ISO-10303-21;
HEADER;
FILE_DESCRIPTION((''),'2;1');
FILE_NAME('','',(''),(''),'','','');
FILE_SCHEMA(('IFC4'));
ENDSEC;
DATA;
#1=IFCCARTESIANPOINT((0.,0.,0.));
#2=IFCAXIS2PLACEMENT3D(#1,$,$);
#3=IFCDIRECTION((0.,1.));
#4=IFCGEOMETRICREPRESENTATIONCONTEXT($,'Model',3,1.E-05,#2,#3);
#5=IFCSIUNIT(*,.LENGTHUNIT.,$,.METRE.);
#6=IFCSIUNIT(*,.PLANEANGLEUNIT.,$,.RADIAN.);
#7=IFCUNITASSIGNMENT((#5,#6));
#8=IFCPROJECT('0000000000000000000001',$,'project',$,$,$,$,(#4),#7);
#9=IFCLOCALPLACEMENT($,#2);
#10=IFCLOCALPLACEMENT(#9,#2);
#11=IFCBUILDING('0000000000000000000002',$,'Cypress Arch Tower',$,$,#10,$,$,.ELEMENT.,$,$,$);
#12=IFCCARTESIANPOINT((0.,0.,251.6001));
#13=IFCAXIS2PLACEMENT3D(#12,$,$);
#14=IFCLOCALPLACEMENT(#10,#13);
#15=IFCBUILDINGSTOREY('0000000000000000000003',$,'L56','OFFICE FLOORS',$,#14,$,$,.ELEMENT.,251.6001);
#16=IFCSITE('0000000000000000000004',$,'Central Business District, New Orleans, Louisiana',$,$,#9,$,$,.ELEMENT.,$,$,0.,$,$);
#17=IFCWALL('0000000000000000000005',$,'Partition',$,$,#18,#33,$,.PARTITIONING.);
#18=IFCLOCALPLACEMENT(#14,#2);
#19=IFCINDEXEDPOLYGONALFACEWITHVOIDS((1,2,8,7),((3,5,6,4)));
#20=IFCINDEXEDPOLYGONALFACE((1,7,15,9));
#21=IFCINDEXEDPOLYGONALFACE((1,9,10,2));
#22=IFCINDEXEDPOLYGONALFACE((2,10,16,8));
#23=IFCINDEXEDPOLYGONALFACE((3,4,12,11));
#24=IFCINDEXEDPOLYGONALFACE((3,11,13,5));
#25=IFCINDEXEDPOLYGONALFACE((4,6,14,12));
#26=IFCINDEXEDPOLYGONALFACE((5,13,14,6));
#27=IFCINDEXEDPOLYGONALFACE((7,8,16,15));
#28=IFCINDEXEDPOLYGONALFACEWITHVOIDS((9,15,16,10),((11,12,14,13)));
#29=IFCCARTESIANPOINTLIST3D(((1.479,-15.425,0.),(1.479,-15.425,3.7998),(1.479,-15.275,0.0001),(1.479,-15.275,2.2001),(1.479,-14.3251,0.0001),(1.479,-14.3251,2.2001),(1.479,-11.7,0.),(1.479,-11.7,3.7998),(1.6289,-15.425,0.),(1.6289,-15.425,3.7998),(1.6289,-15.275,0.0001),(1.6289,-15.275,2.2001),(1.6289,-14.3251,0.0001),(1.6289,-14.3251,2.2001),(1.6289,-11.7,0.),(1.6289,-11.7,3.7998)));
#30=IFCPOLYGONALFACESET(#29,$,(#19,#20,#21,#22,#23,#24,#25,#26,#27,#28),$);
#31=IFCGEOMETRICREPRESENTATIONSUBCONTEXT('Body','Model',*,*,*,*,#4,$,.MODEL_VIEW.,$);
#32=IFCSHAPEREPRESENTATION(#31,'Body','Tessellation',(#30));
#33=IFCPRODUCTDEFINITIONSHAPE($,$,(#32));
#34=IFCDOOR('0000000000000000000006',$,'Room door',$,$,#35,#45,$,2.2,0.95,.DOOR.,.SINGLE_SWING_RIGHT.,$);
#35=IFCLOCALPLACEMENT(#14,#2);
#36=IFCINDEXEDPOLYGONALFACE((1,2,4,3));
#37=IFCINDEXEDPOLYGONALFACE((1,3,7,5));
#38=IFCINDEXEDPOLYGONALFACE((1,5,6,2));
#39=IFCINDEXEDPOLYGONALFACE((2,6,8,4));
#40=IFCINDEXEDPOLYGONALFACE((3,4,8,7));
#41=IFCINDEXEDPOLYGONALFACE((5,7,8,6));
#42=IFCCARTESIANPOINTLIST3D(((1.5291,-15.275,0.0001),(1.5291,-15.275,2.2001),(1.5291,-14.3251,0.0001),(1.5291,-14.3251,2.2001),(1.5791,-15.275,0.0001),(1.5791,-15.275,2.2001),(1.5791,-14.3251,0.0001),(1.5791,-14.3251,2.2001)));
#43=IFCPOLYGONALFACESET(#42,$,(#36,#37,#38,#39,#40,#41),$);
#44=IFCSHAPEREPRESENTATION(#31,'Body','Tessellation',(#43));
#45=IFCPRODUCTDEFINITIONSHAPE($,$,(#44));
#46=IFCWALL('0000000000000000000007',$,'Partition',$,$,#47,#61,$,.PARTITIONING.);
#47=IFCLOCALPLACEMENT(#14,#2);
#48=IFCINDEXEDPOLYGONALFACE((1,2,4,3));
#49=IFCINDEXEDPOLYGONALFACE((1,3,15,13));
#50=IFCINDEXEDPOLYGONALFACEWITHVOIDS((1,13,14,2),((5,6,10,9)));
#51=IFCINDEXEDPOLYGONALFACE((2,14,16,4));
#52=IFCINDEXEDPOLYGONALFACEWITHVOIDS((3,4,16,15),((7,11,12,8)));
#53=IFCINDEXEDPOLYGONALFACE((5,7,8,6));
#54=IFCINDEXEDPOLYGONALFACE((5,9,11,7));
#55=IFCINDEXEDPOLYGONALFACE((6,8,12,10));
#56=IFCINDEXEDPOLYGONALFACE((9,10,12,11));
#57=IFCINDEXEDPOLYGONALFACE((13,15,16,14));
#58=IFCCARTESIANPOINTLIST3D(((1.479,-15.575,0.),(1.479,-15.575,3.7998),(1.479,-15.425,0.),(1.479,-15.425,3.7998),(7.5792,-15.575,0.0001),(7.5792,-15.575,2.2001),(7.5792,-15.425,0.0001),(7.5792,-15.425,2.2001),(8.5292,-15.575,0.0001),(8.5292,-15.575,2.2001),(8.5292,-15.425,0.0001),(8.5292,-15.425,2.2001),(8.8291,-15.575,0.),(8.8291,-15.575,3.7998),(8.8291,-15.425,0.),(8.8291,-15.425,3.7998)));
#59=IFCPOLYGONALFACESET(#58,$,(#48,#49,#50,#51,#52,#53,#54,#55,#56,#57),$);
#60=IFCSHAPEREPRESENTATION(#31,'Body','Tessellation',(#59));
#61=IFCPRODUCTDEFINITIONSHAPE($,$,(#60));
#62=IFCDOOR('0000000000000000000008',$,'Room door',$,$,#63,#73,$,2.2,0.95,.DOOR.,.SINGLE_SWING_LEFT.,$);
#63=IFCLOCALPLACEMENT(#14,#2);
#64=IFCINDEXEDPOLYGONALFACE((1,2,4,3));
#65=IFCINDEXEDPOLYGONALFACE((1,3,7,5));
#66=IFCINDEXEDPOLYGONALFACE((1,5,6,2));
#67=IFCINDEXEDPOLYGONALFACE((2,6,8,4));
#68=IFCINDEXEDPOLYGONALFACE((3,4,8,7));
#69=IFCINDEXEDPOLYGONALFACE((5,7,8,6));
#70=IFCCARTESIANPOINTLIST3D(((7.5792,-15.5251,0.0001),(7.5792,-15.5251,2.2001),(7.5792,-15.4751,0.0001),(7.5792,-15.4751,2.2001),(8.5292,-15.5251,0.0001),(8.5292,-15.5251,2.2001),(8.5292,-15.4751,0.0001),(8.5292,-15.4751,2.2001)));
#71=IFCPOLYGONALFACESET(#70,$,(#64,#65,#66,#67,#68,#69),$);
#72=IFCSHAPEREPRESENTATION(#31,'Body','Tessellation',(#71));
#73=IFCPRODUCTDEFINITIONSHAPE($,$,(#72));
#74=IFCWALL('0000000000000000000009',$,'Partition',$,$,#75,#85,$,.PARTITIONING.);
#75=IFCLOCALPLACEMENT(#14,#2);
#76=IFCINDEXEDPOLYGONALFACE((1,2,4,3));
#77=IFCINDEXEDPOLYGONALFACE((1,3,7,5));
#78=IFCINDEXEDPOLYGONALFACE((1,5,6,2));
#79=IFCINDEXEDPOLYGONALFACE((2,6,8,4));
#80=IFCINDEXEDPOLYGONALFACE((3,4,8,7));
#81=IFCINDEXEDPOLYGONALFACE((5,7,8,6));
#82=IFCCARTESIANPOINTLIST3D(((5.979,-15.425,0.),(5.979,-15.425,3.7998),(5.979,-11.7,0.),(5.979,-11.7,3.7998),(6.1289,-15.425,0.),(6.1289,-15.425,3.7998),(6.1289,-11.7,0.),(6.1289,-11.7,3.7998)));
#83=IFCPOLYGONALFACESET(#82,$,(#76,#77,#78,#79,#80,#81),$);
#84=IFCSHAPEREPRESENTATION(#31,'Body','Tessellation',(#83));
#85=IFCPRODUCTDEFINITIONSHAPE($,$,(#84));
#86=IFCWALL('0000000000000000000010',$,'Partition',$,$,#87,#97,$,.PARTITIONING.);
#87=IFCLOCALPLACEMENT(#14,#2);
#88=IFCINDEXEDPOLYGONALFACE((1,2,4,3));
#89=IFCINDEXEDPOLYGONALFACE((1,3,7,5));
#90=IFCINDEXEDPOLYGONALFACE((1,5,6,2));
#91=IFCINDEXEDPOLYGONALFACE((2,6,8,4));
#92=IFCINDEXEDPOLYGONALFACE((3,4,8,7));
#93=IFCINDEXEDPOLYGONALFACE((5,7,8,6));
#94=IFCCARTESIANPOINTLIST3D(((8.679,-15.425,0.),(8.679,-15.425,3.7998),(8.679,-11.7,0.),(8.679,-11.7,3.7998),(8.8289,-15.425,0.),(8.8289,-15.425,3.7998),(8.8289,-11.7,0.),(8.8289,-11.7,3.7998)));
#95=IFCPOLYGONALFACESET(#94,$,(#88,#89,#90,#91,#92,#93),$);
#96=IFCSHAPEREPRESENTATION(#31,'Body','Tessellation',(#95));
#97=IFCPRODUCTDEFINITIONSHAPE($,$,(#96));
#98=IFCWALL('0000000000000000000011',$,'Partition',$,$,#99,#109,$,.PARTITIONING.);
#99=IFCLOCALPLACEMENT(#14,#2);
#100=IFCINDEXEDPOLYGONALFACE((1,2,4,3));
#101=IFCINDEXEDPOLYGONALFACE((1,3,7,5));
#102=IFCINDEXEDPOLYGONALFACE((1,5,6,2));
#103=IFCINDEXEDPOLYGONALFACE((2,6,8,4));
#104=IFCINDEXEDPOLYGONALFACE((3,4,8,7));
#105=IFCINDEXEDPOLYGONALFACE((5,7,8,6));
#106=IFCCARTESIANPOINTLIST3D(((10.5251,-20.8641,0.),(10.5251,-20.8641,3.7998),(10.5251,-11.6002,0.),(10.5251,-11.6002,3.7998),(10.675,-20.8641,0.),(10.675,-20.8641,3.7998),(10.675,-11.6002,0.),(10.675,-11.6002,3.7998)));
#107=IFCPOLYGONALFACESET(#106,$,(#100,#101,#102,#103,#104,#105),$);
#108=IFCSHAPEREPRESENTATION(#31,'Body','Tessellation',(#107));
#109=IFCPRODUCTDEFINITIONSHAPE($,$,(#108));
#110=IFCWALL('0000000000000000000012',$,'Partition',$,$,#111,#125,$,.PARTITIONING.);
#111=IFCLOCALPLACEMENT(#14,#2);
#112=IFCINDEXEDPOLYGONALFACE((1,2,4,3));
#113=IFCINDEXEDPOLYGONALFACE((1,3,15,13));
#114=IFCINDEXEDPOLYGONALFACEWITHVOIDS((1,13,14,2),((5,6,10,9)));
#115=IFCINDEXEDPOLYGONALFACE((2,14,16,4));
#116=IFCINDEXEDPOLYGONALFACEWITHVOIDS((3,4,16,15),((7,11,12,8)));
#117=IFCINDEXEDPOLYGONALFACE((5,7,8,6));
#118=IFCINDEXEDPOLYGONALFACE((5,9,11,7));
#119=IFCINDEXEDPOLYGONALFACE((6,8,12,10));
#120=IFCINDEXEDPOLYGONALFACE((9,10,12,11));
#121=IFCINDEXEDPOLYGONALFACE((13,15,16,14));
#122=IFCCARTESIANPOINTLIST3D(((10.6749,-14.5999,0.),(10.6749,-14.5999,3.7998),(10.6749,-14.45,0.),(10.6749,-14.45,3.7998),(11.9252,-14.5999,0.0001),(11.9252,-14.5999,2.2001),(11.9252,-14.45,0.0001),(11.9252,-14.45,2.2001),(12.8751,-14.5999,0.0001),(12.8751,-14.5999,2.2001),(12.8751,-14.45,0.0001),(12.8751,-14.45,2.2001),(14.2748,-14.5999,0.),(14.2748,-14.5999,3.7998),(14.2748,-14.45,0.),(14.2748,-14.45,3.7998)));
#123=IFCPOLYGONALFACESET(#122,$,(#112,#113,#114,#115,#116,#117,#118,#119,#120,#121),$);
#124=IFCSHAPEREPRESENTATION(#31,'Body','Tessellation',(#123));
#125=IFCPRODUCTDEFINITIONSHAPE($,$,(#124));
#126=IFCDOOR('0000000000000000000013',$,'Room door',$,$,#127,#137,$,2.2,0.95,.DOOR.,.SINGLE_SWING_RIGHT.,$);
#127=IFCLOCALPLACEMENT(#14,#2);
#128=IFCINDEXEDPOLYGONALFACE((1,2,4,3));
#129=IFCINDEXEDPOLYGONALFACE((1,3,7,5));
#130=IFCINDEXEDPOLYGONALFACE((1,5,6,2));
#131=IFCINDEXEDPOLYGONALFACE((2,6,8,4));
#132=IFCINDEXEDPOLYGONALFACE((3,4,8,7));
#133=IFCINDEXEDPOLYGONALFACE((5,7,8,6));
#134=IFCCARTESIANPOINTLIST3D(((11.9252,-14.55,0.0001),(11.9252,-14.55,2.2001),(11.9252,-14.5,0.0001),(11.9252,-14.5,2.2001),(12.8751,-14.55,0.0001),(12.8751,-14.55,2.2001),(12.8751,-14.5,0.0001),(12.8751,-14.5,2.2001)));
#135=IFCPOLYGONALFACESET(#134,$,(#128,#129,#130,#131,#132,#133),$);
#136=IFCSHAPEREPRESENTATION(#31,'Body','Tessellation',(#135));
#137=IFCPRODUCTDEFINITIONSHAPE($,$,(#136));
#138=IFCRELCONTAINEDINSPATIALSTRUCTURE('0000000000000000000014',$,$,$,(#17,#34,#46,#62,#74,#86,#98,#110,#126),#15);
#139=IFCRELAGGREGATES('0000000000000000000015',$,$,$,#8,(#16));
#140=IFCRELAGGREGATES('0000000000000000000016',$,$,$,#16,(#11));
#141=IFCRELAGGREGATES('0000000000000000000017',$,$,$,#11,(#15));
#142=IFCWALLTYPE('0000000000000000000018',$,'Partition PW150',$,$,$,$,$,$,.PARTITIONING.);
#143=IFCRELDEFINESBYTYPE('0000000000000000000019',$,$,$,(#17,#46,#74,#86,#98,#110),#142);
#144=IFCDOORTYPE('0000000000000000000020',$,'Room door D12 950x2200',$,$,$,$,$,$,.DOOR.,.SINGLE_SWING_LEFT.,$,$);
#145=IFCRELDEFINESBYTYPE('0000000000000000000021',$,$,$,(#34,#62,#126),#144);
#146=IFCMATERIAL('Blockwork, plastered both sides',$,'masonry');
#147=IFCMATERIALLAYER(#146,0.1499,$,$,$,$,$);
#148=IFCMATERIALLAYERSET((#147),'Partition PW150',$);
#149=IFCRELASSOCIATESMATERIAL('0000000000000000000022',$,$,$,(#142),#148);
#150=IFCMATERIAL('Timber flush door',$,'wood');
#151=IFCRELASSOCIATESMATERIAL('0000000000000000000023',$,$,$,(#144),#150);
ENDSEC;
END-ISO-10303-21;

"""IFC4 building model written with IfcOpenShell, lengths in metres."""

from ifc_helpers import new_model, si_unit, direction, frame, frame_2d, origin, place, context, subcontext, project, spatial, rectangle, extrude, material, layer, layer_set, type_object, element, fill, save


model = new_model("IFC4")

# Units and contexts
model_context = context("Model", 3, precision=1e-05, world=origin(), true_north=direction((0.0, 1.0)))
body_context = subcontext(model_context, "Body", "Model", "MODEL_VIEW")
ifc_project = project(units=[si_unit("LENGTHUNIT", "METRE"), si_unit("PLANEANGLEUNIT", "RADIAN")], contexts=[model_context])

# Site, building, storey
site_placement = place(None, origin())
site = spatial("IfcSite", under=ifc_project, at=site_placement, Name="Central Business District, New Orleans, Louisiana", CompositionType="ELEMENT", RefElevation=0.0)
building_placement = place(site_placement, origin())
building = spatial("IfcBuilding", under=site, at=building_placement, Name="Cypress Arch Tower", CompositionType="ELEMENT")
storey_placement = place(building_placement, frame((0.0, 0.0, 251.6001)))
storey = spatial("IfcBuildingStorey", under=building, at=storey_placement, Name="L56", Description="OFFICE FLOORS", CompositionType="ELEMENT", Elevation=251.6001)

# Walls, openings, doors
ifc_material_1 = material(Name="Blockwork, plastered both sides", Category="masonry")
ifc_layer_1 = layer(ifc_material_1, 0.1499)
ifc_layer_set_1 = layer_set([ifc_layer_1], Name="Partition PW150")
wall_type_1 = type_object("IfcWallType", Name="Partition PW150", PredefinedType="PARTITIONING", material=ifc_layer_set_1)
wall_1_placement = place(storey_placement, frame((1.554, -15.425, 0.0), z_axis=(0.0, 0.0, 1.0), x_axis=(0.0, 1.0, 0.0)))
wall_1 = element("IfcWall", 1, at=wall_1_placement, inside=storey, type_object=wall_type_1, Name="Partition", PredefinedType="PARTITIONING", context=body_context, shape_type="SweptSolid", body=[
    extrude(rectangle(XDim=3.7251, YDim=0.1499, at=frame_2d((1.8625, 0.0))), origin(), (0.0, 0.0, 1.0), 3.7998),
])
opening_1_placement = place(wall_1_placement, frame((0.1499, 0.0, 0.0)))
opening_1 = element("IfcOpeningElement", 2, at=opening_1_placement, cuts=wall_1, PredefinedType="OPENING", context=body_context, shape_type="SweptSolid", body=[
    extrude(rectangle(XDim=0.95, YDim=2.2, at=frame_2d((0.4751, 1.1001))), frame((0.0, 0.085, 0.0), z_axis=(0.0, -1.0, 0.0), x_axis=(1.0, 0.0, 0.0)), (0.0, 0.0, 1.0), 0.1699),
])
ifc_material_2 = material(Name="Timber flush door", Category="wood")
door_type_1 = type_object("IfcDoorType", Name="Room door D12 950x2200", OperationType="SINGLE_SWING_LEFT", PredefinedType="DOOR", material=ifc_material_2)
door_1_placement = place(opening_1_placement, origin())
door_1 = element("IfcDoor", 3, at=door_1_placement, inside=storey, type_object=door_type_1, Name="Room door", OperationType="SINGLE_SWING_RIGHT", OverallHeight=2.2, OverallWidth=0.95, PredefinedType="DOOR", context=body_context, shape_type="SweptSolid", body=[
    extrude(rectangle(XDim=0.95, YDim=2.2, at=frame_2d((0.4751, 1.1001))), frame((0.0, 0.0249, 0.0), z_axis=(0.0, -1.0, 0.0), x_axis=(1.0, 0.0, 0.0)), (0.0, 0.0, 1.0), 0.05),
])
fill(opening_1, door_1)
wall_2_placement = place(storey_placement, frame((1.479, -15.5, 0.0), z_axis=(0.0, 0.0, 1.0), x_axis=(1.0, 0.0, 0.0)))
wall_2 = element("IfcWall", 4, at=wall_2_placement, inside=storey, type_object=wall_type_1, Name="Partition", PredefinedType="PARTITIONING", context=body_context, shape_type="SweptSolid", body=[
    extrude(rectangle(XDim=7.3501, YDim=0.1499, at=frame_2d((3.675, 0.0))), origin(), (0.0, 0.0, 1.0), 3.7998),
])
opening_2_placement = place(wall_2_placement, frame((6.1001, 0.0, 0.0)))
opening_2 = element("IfcOpeningElement", 5, at=opening_2_placement, cuts=wall_2, PredefinedType="OPENING", context=body_context, shape_type="SweptSolid", body=[
    extrude(rectangle(XDim=0.95, YDim=2.2, at=frame_2d((0.4751, 1.1001))), frame((0.0, 0.085, 0.0), z_axis=(0.0, -1.0, 0.0), x_axis=(1.0, 0.0, 0.0)), (0.0, 0.0, 1.0), 0.1699),
])
door_2_placement = place(opening_2_placement, origin())
door_2 = element("IfcDoor", 6, at=door_2_placement, inside=storey, type_object=door_type_1, Name="Room door", OperationType="SINGLE_SWING_LEFT", OverallHeight=2.2, OverallWidth=0.95, PredefinedType="DOOR", context=body_context, shape_type="SweptSolid", body=[
    extrude(rectangle(XDim=0.95, YDim=2.2, at=frame_2d((0.4751, 1.1001))), frame((0.0, 0.0249, 0.0), z_axis=(0.0, -1.0, 0.0), x_axis=(1.0, 0.0, 0.0)), (0.0, 0.0, 1.0), 0.05),
])
fill(opening_2, door_2)

# Walls
for number, where, z_axis, x_axis, name in (
    (7, (6.054, -15.425, 0.0), (0.0, 0.0, 1.0), (0.0, 1.0, 0.0), "Partition"),
    (8, (8.7539, -15.425, 0.0), (0.0, 0.0, 1.0), (0.0, 1.0, 0.0), "Partition"),
):
    element("IfcWall", number, at=place(storey_placement, frame(where, z_axis=z_axis, x_axis=x_axis)), inside=storey, type_object=wall_type_1, Name=name, PredefinedType="PARTITIONING", context=body_context, shape_type="SweptSolid", body=[
        extrude(rectangle(XDim=3.7251, YDim=0.1499, at=frame_2d((1.8625, 0.0))), origin(), (0.0, 0.0, 1.0), 3.7998),
    ])
wall_3_placement = place(storey_placement, frame((10.6001, -20.864, 0.0), z_axis=(0.0, 0.0, 1.0), x_axis=(0.0, 1.0, 0.0)))
element("IfcWall", 9, at=wall_3_placement, inside=storey, type_object=wall_type_1, Name="Partition", PredefinedType="PARTITIONING", context=body_context, shape_type="SweptSolid", body=[
    extrude(rectangle(XDim=9.2639, YDim=0.1499, at=frame_2d((4.6318, 0.0))), origin(), (0.0, 0.0, 1.0), 3.7998),
])

# Wall, opening, door
wall_4_placement = place(storey_placement, frame((10.675, -14.5249, 0.0), z_axis=(0.0, 0.0, 1.0), x_axis=(1.0, 0.0, 0.0)))
wall_4 = element("IfcWall", 10, at=wall_4_placement, inside=storey, type_object=wall_type_1, Name="Partition", PredefinedType="PARTITIONING", context=body_context, shape_type="SweptSolid", body=[
    extrude(rectangle(XDim=3.5999, YDim=0.1499, at=frame_2d((1.7998, 0.0))), origin(), (0.0, 0.0, 1.0), 3.7998),
])
opening_3_placement = place(wall_4_placement, frame((1.25, 0.0, 0.0)))
opening_3 = element("IfcOpeningElement", 11, at=opening_3_placement, cuts=wall_4, PredefinedType="OPENING", context=body_context, shape_type="SweptSolid", body=[
    extrude(rectangle(XDim=0.95, YDim=2.2, at=frame_2d((0.4751, 1.1001))), frame((0.0, 0.085, 0.0), z_axis=(0.0, -1.0, 0.0), x_axis=(1.0, 0.0, 0.0)), (0.0, 0.0, 1.0), 0.1699),
])
door_3_placement = place(opening_3_placement, origin())
door_3 = element("IfcDoor", 12, at=door_3_placement, inside=storey, type_object=door_type_1, Name="Room door", OperationType="SINGLE_SWING_RIGHT", OverallHeight=2.2, OverallWidth=0.95, PredefinedType="DOOR", context=body_context, shape_type="SweptSolid", body=[
    extrude(rectangle(XDim=0.95, YDim=2.2, at=frame_2d((0.4751, 1.1001))), frame((0.0, 0.0249, 0.0), z_axis=(0.0, -1.0, 0.0), x_axis=(1.0, 0.0, 0.0)), (0.0, 0.0, 1.0), 0.05),
])
fill(opening_3, door_3)

save(model, "model.ifc")
